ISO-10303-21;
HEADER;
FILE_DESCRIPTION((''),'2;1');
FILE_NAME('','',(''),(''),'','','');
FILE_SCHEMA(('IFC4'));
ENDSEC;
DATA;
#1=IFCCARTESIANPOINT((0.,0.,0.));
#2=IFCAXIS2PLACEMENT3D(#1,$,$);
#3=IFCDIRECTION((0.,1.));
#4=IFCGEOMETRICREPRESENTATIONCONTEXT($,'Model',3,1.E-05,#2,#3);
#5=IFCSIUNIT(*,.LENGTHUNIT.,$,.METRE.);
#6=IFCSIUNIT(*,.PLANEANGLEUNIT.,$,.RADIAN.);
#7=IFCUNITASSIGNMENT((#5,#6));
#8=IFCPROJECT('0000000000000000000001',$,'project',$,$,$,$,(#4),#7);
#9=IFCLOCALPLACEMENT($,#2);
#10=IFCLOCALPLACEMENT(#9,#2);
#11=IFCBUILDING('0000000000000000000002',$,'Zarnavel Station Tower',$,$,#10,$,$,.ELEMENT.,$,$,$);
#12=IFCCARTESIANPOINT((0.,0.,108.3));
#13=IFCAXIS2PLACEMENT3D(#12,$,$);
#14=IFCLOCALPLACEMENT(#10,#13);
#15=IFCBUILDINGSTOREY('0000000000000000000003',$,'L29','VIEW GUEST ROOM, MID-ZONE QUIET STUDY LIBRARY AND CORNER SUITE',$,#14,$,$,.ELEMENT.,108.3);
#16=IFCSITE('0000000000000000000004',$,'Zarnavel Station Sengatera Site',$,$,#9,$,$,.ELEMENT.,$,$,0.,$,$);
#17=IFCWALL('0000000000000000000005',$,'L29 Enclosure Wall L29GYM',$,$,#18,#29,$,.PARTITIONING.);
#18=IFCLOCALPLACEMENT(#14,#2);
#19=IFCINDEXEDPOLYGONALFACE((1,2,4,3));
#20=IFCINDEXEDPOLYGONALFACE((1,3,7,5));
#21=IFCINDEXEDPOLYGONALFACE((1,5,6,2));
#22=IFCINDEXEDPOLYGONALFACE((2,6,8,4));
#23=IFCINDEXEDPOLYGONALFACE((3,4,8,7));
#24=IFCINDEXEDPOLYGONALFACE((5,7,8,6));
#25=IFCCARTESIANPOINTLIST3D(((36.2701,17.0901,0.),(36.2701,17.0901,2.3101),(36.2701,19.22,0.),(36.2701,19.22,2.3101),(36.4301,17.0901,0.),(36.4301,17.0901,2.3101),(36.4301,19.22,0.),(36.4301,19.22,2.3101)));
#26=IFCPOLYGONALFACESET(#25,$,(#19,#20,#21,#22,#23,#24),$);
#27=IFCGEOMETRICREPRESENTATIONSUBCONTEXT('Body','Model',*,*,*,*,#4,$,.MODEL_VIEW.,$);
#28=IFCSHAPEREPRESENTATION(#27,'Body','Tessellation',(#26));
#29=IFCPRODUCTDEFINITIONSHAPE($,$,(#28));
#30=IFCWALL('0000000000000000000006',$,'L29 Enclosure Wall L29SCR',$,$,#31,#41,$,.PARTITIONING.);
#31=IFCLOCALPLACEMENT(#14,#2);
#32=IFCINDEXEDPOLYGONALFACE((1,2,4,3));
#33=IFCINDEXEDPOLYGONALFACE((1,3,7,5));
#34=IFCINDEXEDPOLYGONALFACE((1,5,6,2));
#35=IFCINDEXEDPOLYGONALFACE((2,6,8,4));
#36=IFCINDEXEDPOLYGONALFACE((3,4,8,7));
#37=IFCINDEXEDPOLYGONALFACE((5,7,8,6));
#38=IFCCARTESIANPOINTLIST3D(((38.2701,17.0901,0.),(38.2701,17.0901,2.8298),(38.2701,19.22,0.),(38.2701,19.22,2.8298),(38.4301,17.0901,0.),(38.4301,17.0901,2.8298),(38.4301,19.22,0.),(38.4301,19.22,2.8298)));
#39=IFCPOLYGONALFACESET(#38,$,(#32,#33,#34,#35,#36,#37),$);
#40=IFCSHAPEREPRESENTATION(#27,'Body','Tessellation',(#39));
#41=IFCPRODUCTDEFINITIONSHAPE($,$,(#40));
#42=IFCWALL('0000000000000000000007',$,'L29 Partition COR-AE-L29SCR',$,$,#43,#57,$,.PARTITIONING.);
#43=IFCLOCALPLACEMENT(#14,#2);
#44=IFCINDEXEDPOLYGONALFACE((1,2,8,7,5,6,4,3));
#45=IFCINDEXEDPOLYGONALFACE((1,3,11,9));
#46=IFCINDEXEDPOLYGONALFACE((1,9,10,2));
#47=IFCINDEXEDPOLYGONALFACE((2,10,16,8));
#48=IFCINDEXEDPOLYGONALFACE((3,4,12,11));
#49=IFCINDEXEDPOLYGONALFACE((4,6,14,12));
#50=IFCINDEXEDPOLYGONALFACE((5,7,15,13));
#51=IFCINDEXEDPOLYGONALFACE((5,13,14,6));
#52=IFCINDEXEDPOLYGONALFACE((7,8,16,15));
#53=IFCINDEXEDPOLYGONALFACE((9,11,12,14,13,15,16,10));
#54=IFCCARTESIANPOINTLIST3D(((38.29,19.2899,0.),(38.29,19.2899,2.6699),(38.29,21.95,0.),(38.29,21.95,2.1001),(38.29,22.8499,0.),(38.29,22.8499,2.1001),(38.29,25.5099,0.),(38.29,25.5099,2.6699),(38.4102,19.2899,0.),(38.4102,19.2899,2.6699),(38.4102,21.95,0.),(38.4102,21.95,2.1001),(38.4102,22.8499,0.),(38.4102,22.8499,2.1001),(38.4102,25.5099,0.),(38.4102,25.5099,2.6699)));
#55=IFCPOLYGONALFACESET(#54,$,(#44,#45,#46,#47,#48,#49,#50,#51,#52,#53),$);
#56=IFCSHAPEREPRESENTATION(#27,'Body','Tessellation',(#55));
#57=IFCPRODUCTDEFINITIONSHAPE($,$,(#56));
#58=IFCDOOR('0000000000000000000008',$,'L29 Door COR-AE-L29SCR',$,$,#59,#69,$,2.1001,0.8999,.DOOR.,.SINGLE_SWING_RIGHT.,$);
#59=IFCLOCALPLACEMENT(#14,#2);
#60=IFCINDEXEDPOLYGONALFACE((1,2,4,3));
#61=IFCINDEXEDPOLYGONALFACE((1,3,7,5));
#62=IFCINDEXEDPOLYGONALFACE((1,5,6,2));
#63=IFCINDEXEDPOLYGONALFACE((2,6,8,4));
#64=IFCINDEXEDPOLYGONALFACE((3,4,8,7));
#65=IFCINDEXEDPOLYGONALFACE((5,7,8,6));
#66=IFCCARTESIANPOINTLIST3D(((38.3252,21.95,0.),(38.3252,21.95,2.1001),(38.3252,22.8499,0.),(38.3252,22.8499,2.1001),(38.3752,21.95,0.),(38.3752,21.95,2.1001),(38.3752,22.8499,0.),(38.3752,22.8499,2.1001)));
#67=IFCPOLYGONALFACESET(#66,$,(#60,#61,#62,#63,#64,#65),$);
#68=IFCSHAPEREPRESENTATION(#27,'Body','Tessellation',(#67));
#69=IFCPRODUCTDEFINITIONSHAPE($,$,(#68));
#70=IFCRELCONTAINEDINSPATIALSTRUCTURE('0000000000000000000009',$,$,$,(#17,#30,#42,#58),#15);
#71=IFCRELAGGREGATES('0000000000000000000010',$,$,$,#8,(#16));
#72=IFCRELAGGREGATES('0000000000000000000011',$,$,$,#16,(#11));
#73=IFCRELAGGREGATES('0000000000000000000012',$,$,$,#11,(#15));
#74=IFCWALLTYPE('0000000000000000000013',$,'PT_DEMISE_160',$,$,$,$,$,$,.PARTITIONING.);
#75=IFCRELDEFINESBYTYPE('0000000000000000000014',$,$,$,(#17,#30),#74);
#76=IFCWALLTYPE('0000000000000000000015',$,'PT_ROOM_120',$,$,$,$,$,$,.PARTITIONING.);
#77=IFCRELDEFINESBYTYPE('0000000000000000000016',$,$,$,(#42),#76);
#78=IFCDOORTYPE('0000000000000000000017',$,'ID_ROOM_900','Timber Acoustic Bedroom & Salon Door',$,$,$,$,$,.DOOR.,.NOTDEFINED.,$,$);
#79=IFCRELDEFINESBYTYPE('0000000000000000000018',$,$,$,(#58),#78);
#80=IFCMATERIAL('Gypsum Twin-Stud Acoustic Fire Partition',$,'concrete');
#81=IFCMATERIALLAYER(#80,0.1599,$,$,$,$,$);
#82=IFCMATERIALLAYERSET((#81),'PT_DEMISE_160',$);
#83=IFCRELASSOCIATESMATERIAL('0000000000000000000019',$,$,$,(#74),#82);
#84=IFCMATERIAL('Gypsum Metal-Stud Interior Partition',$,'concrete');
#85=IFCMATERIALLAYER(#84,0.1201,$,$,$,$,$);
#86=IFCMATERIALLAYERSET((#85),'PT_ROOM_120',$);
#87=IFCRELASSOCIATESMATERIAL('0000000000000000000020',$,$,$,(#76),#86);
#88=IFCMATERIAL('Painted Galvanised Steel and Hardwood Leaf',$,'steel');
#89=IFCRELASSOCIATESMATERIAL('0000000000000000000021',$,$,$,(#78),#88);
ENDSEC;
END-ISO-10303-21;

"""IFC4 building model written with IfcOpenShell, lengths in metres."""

from ifc_helpers import new_model, si_unit, direction, frame, frame_2d, origin, place, context, subcontext, project, spatial, rectangle, extrude, material, layer, layer_set, type_object, element, fill, save


model = new_model("IFC4")

# Units and contexts
model_context = context("Model", 3, precision=1e-05, world=origin(), true_north=direction((0.0, 1.0)))
body_context = subcontext(model_context, "Body", "Model", "MODEL_VIEW")
ifc_project = project(units=[si_unit("LENGTHUNIT", "METRE"), si_unit("PLANEANGLEUNIT", "RADIAN")], contexts=[model_context])

# Site, building, storey
site_placement = place(None, origin())
site = spatial("IfcSite", under=ifc_project, at=site_placement, Name="Zarnavel Station Sengatera Site", CompositionType="ELEMENT", RefElevation=0.0)
building_placement = place(site_placement, origin())
building = spatial("IfcBuilding", under=site, at=building_placement, Name="Zarnavel Station Tower", CompositionType="ELEMENT")
storey_placement = place(building_placement, frame((0.0, 0.0, 108.3)))
storey = spatial("IfcBuildingStorey", under=building, at=storey_placement, Name="L29", Description="VIEW GUEST ROOM, MID-ZONE QUIET STUDY LIBRARY AND CORNER SUITE", CompositionType="ELEMENT", Elevation=108.3)

# Walls
ifc_material_1 = material(Name="Gypsum Twin-Stud Acoustic Fire Partition", Category="concrete")
ifc_layer_1 = layer(ifc_material_1, 0.1599)
ifc_layer_set_1 = layer_set([ifc_layer_1], Name="PT_DEMISE_160")
wall_type_1 = type_object("IfcWallType", Name="PT_DEMISE_160", PredefinedType="PARTITIONING", material=ifc_layer_set_1)
wall_1_placement = place(storey_placement, frame((36.3501, 17.0901, 0.0), z_axis=(0.0, 0.0, 1.0), x_axis=(0.0, 1.0, 0.0)))
element("IfcWall", 1, at=wall_1_placement, inside=storey, type_object=wall_type_1, Name="L29 Enclosure Wall L29GYM", PredefinedType="PARTITIONING", context=body_context, shape_type="SweptSolid", body=[
    extrude(rectangle(XDim=2.1299, YDim=0.1599, at=frame_2d((1.0649, 0.0))), origin(), (0.0, 0.0, 1.0), 2.3101),
])
wall_2_placement = place(storey_placement, frame((38.3501, 17.0901, 0.0), z_axis=(0.0, 0.0, 1.0), x_axis=(0.0, 1.0, 0.0)))
element("IfcWall", 2, at=wall_2_placement, inside=storey, type_object=wall_type_1, Name="L29 Enclosure Wall L29SCR", PredefinedType="PARTITIONING", context=body_context, shape_type="SweptSolid", body=[
    extrude(rectangle(XDim=2.1299, YDim=0.1599, at=frame_2d((1.0649, 0.0))), origin(), (0.0, 0.0, 1.0), 2.8298),
])

# Wall, opening, door
ifc_material_2 = material(Name="Gypsum Metal-Stud Interior Partition", Category="concrete")
ifc_layer_2 = layer(ifc_material_2, 0.1201)
ifc_layer_set_2 = layer_set([ifc_layer_2], Name="PT_ROOM_120")
wall_type_2 = type_object("IfcWallType", Name="PT_ROOM_120", PredefinedType="PARTITIONING", material=ifc_layer_set_2)
wall_3_placement = place(storey_placement, frame((38.3501, 19.29, 0.0), z_axis=(0.0, 0.0, 1.0), x_axis=(0.0, 1.0, 0.0)))
wall_3 = element("IfcWall", 3, at=wall_3_placement, inside=storey, type_object=wall_type_2, Name="L29 Partition COR-AE-L29SCR", PredefinedType="PARTITIONING", context=body_context, shape_type="SweptSolid", body=[
    extrude(rectangle(XDim=6.22, YDim=0.1201, at=frame_2d((3.1099, 0.0))), origin(), (0.0, 0.0, 1.0), 2.6699),
])
opening_placement = place(wall_3_placement, frame((2.6599, 0.0, 0.0)))
opening = element("IfcOpeningElement", 4, at=opening_placement, cuts=wall_3, PredefinedType="OPENING", context=body_context, shape_type="SweptSolid", body=[
    extrude(rectangle(XDim=0.8999, YDim=2.1001, at=frame_2d((0.45, 1.05))), frame((0.0, 0.0701, 0.0), z_axis=(0.0, -1.0, 0.0), x_axis=(1.0, 0.0, 0.0)), (0.0, 0.0, 1.0), 0.1401),
])
ifc_material_3 = material(Name="Painted Galvanised Steel and Hardwood Leaf", Category="steel")
door_type = type_object("IfcDoorType", Name="ID_ROOM_900", Description="Timber Acoustic Bedroom & Salon Door", OperationType="NOTDEFINED", PredefinedType="DOOR", material=ifc_material_3)
door_placement = place(opening_placement, origin())
door = element("IfcDoor", 5, at=door_placement, inside=storey, type_object=door_type, Name="L29 Door COR-AE-L29SCR", OperationType="SINGLE_SWING_RIGHT", OverallHeight=2.1001, OverallWidth=0.8999, PredefinedType="DOOR", context=body_context, shape_type="SweptSolid", body=[
    extrude(rectangle(XDim=0.8999, YDim=2.1001, at=frame_2d((0.45, 1.05))), frame((0.0, 0.0249, 0.0), z_axis=(0.0, -1.0, 0.0), x_axis=(1.0, 0.0, 0.0)), (0.0, 0.0, 1.0), 0.05),
])
fill(opening, door)

save(model, "model.ifc")
